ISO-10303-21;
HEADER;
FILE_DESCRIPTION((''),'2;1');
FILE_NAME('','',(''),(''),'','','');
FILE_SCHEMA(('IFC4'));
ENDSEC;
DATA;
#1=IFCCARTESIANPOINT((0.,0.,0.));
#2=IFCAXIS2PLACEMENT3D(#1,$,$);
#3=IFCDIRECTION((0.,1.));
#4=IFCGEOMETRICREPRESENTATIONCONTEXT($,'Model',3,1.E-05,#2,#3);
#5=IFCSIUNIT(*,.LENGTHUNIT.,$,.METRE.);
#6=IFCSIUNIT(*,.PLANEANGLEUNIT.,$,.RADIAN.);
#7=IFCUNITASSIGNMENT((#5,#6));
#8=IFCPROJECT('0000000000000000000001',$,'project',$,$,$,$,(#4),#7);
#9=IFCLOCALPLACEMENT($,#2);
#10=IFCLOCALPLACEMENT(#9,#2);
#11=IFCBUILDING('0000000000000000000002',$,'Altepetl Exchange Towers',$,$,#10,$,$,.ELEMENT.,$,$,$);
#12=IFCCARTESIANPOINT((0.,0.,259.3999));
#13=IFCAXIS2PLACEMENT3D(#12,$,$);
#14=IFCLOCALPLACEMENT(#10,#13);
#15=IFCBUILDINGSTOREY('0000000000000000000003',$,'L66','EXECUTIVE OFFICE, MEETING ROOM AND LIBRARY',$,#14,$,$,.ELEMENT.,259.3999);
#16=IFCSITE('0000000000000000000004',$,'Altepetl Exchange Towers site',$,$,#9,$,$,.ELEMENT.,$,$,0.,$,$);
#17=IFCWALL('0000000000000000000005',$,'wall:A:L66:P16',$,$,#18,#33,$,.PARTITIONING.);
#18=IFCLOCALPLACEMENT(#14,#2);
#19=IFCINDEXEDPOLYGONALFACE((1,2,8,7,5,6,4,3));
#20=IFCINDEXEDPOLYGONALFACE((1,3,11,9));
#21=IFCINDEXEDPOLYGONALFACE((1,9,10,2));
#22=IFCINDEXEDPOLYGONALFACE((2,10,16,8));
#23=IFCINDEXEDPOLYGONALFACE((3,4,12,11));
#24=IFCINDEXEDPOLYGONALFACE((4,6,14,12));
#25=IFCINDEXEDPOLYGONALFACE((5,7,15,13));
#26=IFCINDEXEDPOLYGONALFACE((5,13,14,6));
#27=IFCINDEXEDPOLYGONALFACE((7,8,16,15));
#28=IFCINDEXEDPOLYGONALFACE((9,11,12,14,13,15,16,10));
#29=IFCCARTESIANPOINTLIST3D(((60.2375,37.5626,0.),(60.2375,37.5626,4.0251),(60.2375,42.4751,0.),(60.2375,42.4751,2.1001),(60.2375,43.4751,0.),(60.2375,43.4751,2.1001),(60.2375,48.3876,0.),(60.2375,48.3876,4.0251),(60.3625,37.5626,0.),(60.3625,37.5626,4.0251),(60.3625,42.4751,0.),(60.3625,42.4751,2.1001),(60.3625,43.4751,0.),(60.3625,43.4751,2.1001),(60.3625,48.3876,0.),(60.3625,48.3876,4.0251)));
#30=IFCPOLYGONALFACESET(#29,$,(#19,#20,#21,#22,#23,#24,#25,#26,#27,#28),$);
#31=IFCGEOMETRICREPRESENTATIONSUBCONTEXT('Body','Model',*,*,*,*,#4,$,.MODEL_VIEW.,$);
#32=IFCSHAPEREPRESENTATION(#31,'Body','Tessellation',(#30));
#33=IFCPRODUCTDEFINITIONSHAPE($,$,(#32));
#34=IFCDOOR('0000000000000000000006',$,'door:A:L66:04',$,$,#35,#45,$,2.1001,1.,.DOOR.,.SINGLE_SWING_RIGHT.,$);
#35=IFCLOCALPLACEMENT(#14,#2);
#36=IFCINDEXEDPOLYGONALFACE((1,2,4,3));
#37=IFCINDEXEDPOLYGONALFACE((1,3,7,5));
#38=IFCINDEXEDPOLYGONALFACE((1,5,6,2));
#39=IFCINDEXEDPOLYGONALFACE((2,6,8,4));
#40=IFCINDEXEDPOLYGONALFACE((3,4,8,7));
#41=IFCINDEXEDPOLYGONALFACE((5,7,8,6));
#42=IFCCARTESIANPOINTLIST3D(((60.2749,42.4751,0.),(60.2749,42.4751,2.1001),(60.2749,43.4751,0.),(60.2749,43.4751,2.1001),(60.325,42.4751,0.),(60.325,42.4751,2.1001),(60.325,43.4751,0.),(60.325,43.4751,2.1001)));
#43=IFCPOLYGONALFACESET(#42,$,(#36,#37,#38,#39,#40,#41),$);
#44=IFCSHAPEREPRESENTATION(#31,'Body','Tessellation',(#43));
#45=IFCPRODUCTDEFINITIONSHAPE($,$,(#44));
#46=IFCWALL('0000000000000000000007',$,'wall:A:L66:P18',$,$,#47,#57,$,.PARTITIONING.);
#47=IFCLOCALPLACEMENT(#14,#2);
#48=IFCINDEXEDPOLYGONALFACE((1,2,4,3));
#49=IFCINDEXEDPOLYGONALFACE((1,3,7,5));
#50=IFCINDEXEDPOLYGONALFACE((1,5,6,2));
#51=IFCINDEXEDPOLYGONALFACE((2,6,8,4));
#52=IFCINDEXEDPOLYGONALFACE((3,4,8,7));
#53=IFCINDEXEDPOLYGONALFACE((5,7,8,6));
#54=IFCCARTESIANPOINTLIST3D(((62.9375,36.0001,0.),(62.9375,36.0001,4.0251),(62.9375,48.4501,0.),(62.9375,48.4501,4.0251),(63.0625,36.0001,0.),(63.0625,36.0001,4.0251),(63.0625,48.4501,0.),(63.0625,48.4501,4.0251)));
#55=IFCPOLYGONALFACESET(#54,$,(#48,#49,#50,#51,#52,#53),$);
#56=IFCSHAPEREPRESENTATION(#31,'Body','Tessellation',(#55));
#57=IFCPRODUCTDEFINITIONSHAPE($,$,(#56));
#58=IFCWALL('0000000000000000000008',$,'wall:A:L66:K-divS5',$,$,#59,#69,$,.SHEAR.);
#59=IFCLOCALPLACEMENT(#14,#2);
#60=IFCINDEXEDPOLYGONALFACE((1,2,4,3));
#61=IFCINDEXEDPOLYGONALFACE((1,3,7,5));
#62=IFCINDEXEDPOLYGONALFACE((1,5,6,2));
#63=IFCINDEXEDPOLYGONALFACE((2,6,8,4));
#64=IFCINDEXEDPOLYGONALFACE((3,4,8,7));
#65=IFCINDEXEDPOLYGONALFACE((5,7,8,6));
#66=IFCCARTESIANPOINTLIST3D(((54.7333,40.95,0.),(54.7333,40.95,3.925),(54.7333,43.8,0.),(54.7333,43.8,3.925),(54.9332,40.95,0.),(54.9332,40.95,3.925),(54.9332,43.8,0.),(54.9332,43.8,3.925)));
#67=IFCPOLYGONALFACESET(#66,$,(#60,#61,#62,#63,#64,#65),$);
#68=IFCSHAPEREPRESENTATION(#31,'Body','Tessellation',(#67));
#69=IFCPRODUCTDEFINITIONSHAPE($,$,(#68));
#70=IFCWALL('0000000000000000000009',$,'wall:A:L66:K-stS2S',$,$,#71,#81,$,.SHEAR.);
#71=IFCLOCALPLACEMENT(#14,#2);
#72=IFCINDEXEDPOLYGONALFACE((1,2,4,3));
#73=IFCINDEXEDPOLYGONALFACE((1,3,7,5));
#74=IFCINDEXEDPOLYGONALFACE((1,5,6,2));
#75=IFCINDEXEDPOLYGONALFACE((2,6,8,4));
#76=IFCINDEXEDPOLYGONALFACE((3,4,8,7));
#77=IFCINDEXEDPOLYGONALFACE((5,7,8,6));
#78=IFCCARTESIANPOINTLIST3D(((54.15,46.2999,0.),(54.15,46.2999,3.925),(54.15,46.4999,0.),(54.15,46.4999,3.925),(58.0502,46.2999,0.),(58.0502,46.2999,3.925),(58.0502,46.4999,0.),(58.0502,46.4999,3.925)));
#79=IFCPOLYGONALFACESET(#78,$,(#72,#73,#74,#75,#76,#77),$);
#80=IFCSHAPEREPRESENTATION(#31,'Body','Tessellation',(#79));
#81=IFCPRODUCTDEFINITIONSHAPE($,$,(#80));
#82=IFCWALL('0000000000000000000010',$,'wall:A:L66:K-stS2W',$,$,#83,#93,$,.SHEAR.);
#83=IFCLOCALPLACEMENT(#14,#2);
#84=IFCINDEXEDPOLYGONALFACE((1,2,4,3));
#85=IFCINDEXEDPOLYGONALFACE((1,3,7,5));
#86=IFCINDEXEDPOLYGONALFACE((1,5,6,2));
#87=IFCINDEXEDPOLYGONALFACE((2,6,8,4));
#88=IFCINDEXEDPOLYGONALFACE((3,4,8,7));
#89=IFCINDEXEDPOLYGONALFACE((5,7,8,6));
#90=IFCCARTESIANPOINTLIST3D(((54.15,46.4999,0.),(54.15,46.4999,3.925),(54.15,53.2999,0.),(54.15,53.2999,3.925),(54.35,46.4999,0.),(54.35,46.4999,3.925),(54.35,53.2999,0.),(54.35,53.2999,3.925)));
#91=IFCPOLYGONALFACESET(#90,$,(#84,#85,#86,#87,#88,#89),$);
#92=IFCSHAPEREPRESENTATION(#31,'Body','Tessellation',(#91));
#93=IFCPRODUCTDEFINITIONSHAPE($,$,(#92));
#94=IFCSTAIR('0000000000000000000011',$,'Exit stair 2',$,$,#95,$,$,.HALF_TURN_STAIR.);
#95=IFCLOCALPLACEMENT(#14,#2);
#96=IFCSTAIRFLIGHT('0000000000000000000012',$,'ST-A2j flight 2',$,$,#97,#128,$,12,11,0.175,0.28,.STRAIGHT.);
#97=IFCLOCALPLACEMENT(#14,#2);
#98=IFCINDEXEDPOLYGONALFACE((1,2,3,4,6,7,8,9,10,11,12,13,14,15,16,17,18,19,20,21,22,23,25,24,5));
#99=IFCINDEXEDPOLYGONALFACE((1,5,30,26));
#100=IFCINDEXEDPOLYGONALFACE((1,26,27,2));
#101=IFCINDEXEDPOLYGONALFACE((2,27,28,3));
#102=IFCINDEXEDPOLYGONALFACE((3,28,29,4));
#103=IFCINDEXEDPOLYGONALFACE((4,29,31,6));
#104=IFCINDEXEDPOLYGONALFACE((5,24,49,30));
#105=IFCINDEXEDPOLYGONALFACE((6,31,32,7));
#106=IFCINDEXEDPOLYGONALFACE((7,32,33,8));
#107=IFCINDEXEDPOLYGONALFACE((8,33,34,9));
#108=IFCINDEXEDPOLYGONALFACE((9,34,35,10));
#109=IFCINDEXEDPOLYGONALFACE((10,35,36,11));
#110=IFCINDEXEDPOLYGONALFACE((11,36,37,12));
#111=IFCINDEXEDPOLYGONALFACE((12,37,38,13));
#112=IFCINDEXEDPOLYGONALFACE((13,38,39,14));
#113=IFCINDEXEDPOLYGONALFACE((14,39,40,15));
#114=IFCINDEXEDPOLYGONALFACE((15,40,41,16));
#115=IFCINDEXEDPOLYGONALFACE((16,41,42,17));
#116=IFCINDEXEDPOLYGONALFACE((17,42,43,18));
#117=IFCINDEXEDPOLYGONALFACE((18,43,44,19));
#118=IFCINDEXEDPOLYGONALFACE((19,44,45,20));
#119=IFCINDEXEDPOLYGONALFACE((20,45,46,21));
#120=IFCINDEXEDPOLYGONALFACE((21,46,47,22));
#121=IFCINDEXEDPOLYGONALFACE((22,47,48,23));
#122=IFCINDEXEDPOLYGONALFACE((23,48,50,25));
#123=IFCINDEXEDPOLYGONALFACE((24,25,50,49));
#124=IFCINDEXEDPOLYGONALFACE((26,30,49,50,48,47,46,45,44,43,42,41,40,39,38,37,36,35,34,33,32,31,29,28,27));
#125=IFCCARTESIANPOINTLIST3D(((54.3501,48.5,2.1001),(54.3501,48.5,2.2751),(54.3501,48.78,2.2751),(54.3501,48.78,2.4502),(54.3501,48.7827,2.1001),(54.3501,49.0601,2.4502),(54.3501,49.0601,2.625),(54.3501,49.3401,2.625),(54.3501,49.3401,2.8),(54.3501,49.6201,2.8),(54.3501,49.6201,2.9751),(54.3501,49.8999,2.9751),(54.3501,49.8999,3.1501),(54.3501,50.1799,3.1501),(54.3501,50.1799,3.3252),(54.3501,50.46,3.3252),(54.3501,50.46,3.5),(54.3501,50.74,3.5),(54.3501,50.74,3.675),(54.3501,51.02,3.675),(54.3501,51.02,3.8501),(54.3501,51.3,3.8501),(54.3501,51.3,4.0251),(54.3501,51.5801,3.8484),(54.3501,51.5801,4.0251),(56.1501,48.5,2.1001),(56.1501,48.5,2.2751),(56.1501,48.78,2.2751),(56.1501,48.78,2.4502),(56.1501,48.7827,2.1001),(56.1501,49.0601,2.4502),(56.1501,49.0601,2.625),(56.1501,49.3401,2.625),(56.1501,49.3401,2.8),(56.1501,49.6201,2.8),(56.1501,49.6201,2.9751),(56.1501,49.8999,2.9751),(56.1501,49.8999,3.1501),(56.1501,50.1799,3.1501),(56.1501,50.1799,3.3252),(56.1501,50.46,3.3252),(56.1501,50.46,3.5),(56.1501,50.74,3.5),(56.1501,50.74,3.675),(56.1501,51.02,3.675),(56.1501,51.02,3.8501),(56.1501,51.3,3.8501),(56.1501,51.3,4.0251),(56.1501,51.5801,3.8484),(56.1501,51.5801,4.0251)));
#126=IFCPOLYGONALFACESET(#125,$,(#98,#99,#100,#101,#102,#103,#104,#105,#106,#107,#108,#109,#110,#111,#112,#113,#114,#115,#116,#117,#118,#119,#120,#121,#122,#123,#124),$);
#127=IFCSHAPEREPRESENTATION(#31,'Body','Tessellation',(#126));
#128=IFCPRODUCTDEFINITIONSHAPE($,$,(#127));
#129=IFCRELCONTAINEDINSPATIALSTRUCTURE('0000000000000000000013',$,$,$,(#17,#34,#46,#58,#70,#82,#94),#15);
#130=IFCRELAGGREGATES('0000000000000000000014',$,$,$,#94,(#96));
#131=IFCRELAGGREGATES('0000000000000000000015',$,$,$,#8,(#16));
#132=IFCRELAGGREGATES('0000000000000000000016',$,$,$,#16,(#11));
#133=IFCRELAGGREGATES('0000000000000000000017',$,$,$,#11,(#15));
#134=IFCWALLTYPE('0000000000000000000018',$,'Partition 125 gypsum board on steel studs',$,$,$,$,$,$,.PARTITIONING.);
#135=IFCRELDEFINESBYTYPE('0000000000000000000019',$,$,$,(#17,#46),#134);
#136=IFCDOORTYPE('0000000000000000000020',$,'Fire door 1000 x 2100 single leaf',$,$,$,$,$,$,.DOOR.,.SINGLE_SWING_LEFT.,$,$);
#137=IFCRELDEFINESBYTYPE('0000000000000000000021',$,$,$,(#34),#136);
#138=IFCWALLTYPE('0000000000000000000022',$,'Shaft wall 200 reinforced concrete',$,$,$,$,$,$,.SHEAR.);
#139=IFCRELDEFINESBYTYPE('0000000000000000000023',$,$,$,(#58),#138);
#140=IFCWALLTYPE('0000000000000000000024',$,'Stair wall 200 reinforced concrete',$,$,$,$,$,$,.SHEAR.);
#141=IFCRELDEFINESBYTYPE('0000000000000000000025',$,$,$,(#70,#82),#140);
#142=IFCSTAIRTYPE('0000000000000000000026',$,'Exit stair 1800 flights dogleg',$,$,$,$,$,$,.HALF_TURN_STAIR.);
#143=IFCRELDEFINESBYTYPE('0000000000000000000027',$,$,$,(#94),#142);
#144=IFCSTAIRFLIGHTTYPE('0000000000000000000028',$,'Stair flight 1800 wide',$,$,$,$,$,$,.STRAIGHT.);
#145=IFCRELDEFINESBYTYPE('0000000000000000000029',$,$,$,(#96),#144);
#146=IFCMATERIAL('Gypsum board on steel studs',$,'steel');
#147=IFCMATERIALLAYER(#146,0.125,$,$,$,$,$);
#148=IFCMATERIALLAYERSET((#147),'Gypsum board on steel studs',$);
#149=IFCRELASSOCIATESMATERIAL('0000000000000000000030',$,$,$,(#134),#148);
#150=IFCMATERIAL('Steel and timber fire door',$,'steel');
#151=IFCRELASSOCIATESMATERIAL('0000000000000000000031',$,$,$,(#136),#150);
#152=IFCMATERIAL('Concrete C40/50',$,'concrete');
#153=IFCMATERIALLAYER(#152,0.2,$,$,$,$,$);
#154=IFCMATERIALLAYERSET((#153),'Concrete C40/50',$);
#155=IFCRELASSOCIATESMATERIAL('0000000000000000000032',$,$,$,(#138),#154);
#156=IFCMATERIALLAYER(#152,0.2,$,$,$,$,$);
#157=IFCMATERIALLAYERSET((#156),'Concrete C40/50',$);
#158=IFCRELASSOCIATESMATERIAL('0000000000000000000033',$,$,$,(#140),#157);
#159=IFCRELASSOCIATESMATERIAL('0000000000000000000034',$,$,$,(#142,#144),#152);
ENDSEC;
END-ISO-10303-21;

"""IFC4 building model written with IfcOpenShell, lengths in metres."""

from ifc_helpers import new_model, si_unit, direction, frame, frame_2d, origin, place, context, subcontext, project, spatial, polyline, rectangle, outline, extrude, material, layer, layer_set, type_object, element, fill, aggregate, save


model = new_model("IFC4")

# Units and contexts
model_context = context("Model", 3, precision=1e-05, world=origin(), true_north=direction((0.0, 1.0)))
body_context = subcontext(model_context, "Body", "Model", "MODEL_VIEW")
ifc_project = project(units=[si_unit("LENGTHUNIT", "METRE"), si_unit("PLANEANGLEUNIT", "RADIAN")], contexts=[model_context])

# Site, building, storey
site_placement = place(None, origin())
site = spatial("IfcSite", under=ifc_project, at=site_placement, Name="Altepetl Exchange Towers site", CompositionType="ELEMENT", RefElevation=0.0)
building_placement = place(site_placement, origin())
building = spatial("IfcBuilding", under=site, at=building_placement, Name="Altepetl Exchange Towers", CompositionType="ELEMENT")
storey_placement = place(building_placement, frame((0.0, 0.0, 259.3999)))
storey = spatial("IfcBuildingStorey", under=building, at=storey_placement, Name="L66", Description="EXECUTIVE OFFICE, MEETING ROOM AND LIBRARY", CompositionType="ELEMENT", Elevation=259.3999)

# Shared definitions
ifc_material_1 = material(Name="Steel and timber fire door", Category="steel")

# Shared definitions
ifc_material_2 = material(Name="Gypsum board on steel studs", Category="steel")
ifc_layer_1 = layer(ifc_material_2, 0.125)
ifc_layer_set_1 = layer_set([ifc_layer_1], Name="Gypsum board on steel studs")
wall_type_1 = type_object("IfcWallType", Name="Partition 125 gypsum board on steel studs", PredefinedType="PARTITIONING", material=ifc_layer_set_1)

# Wall, opening, door
door_type_1 = type_object("IfcDoorType", Name="Fire door 1000 x 2100 single leaf", OperationType="SINGLE_SWING_LEFT", PredefinedType="DOOR", material=ifc_material_1)
wall_1_placement = place(storey_placement, frame((60.3, 37.5625, 0.0), z_axis=(0.0, 0.0, 1.0), x_axis=(0.0, 1.0, 0.0)))
wall_1 = element("IfcWall", 1, at=wall_1_placement, inside=storey, type_object=wall_type_1, Name="wall:A:L66:P16", PredefinedType="PARTITIONING", context=body_context, shape_type="SweptSolid", body=[
    extrude(rectangle(XDim=10.825, YDim=0.125, at=frame_2d((5.4126, 0.0))), origin(), (0.0, 0.0, 1.0), 4.0251),
])
opening_1_placement = place(wall_1_placement, frame((4.9126, 0.0, 0.0)))
opening_1 = element("IfcOpeningElement", 2, at=opening_1_placement, cuts=wall_1, PredefinedType="OPENING", context=body_context, shape_type="SweptSolid", body=[
    extrude(rectangle(XDim=1.0, YDim=2.1001, at=frame_2d((0.5, 1.05))), frame((0.0, 0.0725, 0.0), z_axis=(0.0, -1.0, 0.0), x_axis=(1.0, 0.0, 0.0)), (0.0, 0.0, 1.0), 0.145),
])
door_1_placement = place(opening_1_placement, frame((1.0, 0.0, 0.0), x_axis=(-1.0, 0.0, 0.0)))
door_1 = element("IfcDoor", 3, at=door_1_placement, inside=storey, type_object=door_type_1, Name="door:A:L66:04", OperationType="SINGLE_SWING_RIGHT", OverallHeight=2.1001, OverallWidth=1.0, PredefinedType="DOOR", context=body_context, shape_type="SweptSolid", body=[
    extrude(rectangle(XDim=1.0, YDim=2.1001, at=frame_2d((0.5, 1.05))), frame((0.0, 0.0249, 0.0), z_axis=(0.0, -1.0, 0.0), x_axis=(1.0, 0.0, 0.0)), (0.0, 0.0, 1.0), 0.05),
])
fill(opening_1, door_1)

# Walls
wall_2_placement = place(storey_placement, frame((63.0, 36.0, 0.0), z_axis=(0.0, 0.0, 1.0), x_axis=(0.0, 1.0, 0.0)))
element("IfcWall", 4, at=wall_2_placement, inside=storey, type_object=wall_type_1, Name="wall:A:L66:P18", PredefinedType="PARTITIONING", context=body_context, shape_type="SweptSolid", body=[
    extrude(rectangle(XDim=12.45, YDim=0.125, at=frame_2d((6.2251, 0.0))), origin(), (0.0, 0.0, 1.0), 4.0251),
])
ifc_material_3 = material(Name="Concrete C40/50", Category="concrete")
ifc_layer_2 = layer(ifc_material_3, 0.2)
ifc_layer_set_2 = layer_set([ifc_layer_2], Name="Concrete C40/50")
wall_type_2 = type_object("IfcWallType", Name="Shaft wall 200 reinforced concrete", PredefinedType="SHEAR", material=ifc_layer_set_2)
wall_3_placement = place(storey_placement, frame((54.8333, 40.95, 0.0), z_axis=(0.0, 0.0, 1.0), x_axis=(0.0, 1.0, 0.0)))
element("IfcWall", 5, at=wall_3_placement, inside=storey, type_object=wall_type_2, Name="wall:A:L66:K-divS5", PredefinedType="SHEAR", context=body_context, shape_type="SweptSolid", body=[
    extrude(rectangle(XDim=2.8501, YDim=0.2, at=frame_2d((1.425, 0.0))), origin(), (0.0, 0.0, 1.0), 3.925),
])
ifc_layer_3 = layer(ifc_material_3, 0.2)
ifc_layer_set_3 = layer_set([ifc_layer_3], Name="Concrete C40/50")
wall_type_3 = type_object("IfcWallType", Name="Stair wall 200 reinforced concrete", PredefinedType="SHEAR", material=ifc_layer_set_3)
wall_4_placement = place(storey_placement, frame((54.1499, 46.3999, 0.0)))
element("IfcWall", 6, at=wall_4_placement, inside=storey, type_object=wall_type_3, Name="wall:A:L66:K-stS2S", PredefinedType="SHEAR", context=body_context, shape_type="SweptSolid", body=[
    extrude(rectangle(XDim=3.9001, YDim=0.2, at=frame_2d((1.9502, 0.0))), origin(), (0.0, 0.0, 1.0), 3.925),
])
wall_5_placement = place(storey_placement, frame((54.25, 46.5, 0.0), z_axis=(0.0, 0.0, 1.0), x_axis=(0.0, 1.0, 0.0)))
element("IfcWall", 7, at=wall_5_placement, inside=storey, type_object=wall_type_3, Name="wall:A:L66:K-stS2W", PredefinedType="SHEAR", context=body_context, shape_type="SweptSolid", body=[
    extrude(rectangle(XDim=6.8, YDim=0.2, at=frame_2d((3.3999, 0.0))), origin(), (0.0, 0.0, 1.0), 3.925),
])

# Stair, stair flight
stair_type = type_object("IfcStairType", Name="Exit stair 1800 flights dogleg", PredefinedType="HALF_TURN_STAIR", material=ifc_material_3)
stair_placement = place(storey_placement, origin())
stair = element("IfcStair", 8, at=stair_placement, inside=storey, type_object=stair_type, Name="Exit stair 2", PredefinedType="HALF_TURN_STAIR")
stair_flight_type = type_object("IfcStairFlightType", Name="Stair flight 1800 wide", PredefinedType="STRAIGHT", material=ifc_material_3)
stair_flight_placement = place(storey_placement, frame((55.25, 48.5, 2.1001), z_axis=(0.0, 0.0, 1.0), x_axis=(0.0, 1.0, 0.0)))
stair_flight = element("IfcStairFlight", 9, at=stair_flight_placement, type_object=stair_flight_type, Name="ST-A2j flight 2", NumberOfRisers=12, NumberOfTreads=11, PredefinedType="STRAIGHT", RiserHeight=0.175, TreadLength=0.28, context=body_context, shape_type="SweptSolid", body=[
    extrude(outline(polyline([(0.0, 0.0), (0.0, 0.175), (0.28, 0.175), (0.28, 0.3501), (0.5601, 0.3501), (0.5601, 0.5249), (0.8401, 0.5249), (0.8401, 0.7), (1.1201, 0.7), (1.1201, 0.875), (1.3999, 0.875), (1.3999, 1.05), (1.6799, 1.05), (1.6799, 1.2251), (1.96, 1.2251), (1.96, 1.3999), (2.24, 1.3999), (2.24, 1.575), (2.52, 1.575), (2.52, 1.75), (2.8, 1.75), (2.8, 1.925), (3.0801, 1.925), (3.0801, 2.1001), (3.0801, 1.7483), (0.2827, 0.0), (0.0, 0.0)])), frame((0.0, 0.8999, 0.0), z_axis=(0.0, -1.0, 0.0), x_axis=(1.0, 0.0, 0.0)), (0.0, 0.0, 1.0), 1.8),
])
aggregate(stair, [stair_flight])

save(model, "model.ifc")
